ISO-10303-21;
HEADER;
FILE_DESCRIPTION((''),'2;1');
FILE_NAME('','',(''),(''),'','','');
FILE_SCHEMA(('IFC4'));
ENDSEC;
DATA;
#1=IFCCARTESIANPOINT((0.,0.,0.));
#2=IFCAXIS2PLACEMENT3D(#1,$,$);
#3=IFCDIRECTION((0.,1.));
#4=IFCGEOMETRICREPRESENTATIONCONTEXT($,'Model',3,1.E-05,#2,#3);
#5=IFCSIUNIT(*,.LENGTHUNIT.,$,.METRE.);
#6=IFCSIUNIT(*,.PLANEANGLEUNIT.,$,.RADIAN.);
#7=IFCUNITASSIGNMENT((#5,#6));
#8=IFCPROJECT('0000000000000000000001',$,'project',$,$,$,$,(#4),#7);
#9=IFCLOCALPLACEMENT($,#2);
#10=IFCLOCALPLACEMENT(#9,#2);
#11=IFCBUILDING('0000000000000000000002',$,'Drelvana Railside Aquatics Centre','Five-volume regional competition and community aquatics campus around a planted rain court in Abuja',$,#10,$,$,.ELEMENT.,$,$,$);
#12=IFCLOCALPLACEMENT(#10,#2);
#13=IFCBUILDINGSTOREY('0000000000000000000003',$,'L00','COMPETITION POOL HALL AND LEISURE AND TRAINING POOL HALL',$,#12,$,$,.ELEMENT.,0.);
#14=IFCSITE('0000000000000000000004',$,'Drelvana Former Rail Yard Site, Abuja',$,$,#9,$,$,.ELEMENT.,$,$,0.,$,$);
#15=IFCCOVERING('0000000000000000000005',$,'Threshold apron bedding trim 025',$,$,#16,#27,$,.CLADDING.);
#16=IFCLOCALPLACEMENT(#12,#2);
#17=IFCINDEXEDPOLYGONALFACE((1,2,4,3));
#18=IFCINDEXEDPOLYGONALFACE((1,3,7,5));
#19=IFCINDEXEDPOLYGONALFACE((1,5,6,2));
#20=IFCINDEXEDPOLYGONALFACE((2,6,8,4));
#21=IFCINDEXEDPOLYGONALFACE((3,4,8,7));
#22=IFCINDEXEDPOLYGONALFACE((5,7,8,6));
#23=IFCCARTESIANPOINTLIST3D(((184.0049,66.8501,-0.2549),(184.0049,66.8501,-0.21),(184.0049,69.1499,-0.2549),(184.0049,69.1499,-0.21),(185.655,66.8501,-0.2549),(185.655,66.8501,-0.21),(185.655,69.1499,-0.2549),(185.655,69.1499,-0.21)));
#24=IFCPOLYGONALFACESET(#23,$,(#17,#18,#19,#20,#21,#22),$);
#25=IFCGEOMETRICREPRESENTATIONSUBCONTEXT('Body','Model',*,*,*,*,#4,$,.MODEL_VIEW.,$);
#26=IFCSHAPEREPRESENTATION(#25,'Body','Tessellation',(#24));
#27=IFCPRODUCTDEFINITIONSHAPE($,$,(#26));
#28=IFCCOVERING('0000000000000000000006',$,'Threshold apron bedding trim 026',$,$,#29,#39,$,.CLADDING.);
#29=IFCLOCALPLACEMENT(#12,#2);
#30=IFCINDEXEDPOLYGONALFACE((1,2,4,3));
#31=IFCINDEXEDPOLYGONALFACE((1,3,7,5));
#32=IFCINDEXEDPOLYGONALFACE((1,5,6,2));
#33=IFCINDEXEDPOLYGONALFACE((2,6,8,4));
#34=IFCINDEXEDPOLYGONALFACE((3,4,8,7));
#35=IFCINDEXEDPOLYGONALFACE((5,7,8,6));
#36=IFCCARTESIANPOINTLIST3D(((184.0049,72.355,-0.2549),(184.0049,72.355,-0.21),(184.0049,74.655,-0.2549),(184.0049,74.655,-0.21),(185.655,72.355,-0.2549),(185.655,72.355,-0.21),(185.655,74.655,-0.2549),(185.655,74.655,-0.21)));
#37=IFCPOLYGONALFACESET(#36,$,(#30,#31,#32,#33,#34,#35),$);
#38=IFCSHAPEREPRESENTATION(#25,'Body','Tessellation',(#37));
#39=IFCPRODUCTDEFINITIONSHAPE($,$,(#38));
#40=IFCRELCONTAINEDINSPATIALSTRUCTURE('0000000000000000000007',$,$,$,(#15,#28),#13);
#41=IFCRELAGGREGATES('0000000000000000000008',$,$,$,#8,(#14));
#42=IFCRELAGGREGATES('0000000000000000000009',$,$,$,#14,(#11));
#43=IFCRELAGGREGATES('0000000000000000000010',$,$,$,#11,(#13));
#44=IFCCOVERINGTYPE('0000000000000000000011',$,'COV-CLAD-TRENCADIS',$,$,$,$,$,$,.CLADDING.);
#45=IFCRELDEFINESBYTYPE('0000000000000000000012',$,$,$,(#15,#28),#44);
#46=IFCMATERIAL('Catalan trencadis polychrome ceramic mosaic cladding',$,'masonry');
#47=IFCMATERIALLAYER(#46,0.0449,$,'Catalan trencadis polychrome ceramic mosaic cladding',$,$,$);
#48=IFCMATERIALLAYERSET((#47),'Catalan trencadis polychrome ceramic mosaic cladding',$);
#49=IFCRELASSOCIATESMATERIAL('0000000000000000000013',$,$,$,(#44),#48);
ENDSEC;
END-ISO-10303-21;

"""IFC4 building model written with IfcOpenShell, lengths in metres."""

from ifc_helpers import new_model, si_unit, direction, frame, origin, place, context, subcontext, project, spatial, polyline, outline, extrude, material, layer, layer_set, type_object, element, save


model = new_model("IFC4")

# Units and contexts
model_context = context("Model", 3, precision=1e-05, world=origin(), true_north=direction((0.0, 1.0)))
body_context = subcontext(model_context, "Body", "Model", "MODEL_VIEW")
ifc_project = project(units=[si_unit("LENGTHUNIT", "METRE"), si_unit("PLANEANGLEUNIT", "RADIAN")], contexts=[model_context])

# Site, building, storey
site_placement = place(None, origin())
site = spatial("IfcSite", under=ifc_project, at=site_placement, Name="Drelvana Former Rail Yard Site, Abuja", CompositionType="ELEMENT", RefElevation=0.0)
building_placement = place(site_placement, origin())
building = spatial("IfcBuilding", under=site, at=building_placement, Name="Drelvana Railside Aquatics Centre", Description="Five-volume regional competition and community aquatics campus around a planted rain court in Abuja", CompositionType="ELEMENT")
storey_placement = place(building_placement, origin())
storey = spatial("IfcBuildingStorey", under=building, at=storey_placement, Name="L00", Description="COMPETITION POOL HALL AND LEISURE AND TRAINING POOL HALL", CompositionType="ELEMENT", Elevation=0.0)

# Coverings
ifc_material_1 = material(Name="Catalan trencadis polychrome ceramic mosaic cladding", Category="masonry")
ifc_layer_1 = layer(ifc_material_1, 0.0449, Name="Catalan trencadis polychrome ceramic mosaic cladding")
ifc_layer_set_1 = layer_set([ifc_layer_1], Name="Catalan trencadis polychrome ceramic mosaic cladding")
covering_type = type_object("IfcCoveringType", Name="COV-CLAD-TRENCADIS", PredefinedType="CLADDING", material=ifc_layer_set_1)
covering_1_placement = place(storey_placement, frame((0.0, 0.0, -0.2549)))
element("IfcCovering", 1, at=covering_1_placement, inside=storey, type_object=covering_type, Name="Threshold apron bedding trim 025", PredefinedType="CLADDING", context=body_context, shape_type="SweptSolid", body=[
    extrude(outline(polyline([(184.0049, 66.8501), (185.655, 66.8501), (185.655, 69.1499), (184.0049, 69.1499), (184.0049, 66.8501)])), origin(), (0.0, 0.0, 1.0), 0.0449),
])
covering_2_placement = place(storey_placement, frame((0.0, 0.0, -0.2549)))
element("IfcCovering", 2, at=covering_2_placement, inside=storey, type_object=covering_type, Name="Threshold apron bedding trim 026", PredefinedType="CLADDING", context=body_context, shape_type="SweptSolid", body=[
    extrude(outline(polyline([(184.0049, 72.355), (185.655, 72.355), (185.655, 74.655), (184.0049, 74.655), (184.0049, 72.355)])), origin(), (0.0, 0.0, 1.0), 0.0449),
])

save(model, "model.ifc")
